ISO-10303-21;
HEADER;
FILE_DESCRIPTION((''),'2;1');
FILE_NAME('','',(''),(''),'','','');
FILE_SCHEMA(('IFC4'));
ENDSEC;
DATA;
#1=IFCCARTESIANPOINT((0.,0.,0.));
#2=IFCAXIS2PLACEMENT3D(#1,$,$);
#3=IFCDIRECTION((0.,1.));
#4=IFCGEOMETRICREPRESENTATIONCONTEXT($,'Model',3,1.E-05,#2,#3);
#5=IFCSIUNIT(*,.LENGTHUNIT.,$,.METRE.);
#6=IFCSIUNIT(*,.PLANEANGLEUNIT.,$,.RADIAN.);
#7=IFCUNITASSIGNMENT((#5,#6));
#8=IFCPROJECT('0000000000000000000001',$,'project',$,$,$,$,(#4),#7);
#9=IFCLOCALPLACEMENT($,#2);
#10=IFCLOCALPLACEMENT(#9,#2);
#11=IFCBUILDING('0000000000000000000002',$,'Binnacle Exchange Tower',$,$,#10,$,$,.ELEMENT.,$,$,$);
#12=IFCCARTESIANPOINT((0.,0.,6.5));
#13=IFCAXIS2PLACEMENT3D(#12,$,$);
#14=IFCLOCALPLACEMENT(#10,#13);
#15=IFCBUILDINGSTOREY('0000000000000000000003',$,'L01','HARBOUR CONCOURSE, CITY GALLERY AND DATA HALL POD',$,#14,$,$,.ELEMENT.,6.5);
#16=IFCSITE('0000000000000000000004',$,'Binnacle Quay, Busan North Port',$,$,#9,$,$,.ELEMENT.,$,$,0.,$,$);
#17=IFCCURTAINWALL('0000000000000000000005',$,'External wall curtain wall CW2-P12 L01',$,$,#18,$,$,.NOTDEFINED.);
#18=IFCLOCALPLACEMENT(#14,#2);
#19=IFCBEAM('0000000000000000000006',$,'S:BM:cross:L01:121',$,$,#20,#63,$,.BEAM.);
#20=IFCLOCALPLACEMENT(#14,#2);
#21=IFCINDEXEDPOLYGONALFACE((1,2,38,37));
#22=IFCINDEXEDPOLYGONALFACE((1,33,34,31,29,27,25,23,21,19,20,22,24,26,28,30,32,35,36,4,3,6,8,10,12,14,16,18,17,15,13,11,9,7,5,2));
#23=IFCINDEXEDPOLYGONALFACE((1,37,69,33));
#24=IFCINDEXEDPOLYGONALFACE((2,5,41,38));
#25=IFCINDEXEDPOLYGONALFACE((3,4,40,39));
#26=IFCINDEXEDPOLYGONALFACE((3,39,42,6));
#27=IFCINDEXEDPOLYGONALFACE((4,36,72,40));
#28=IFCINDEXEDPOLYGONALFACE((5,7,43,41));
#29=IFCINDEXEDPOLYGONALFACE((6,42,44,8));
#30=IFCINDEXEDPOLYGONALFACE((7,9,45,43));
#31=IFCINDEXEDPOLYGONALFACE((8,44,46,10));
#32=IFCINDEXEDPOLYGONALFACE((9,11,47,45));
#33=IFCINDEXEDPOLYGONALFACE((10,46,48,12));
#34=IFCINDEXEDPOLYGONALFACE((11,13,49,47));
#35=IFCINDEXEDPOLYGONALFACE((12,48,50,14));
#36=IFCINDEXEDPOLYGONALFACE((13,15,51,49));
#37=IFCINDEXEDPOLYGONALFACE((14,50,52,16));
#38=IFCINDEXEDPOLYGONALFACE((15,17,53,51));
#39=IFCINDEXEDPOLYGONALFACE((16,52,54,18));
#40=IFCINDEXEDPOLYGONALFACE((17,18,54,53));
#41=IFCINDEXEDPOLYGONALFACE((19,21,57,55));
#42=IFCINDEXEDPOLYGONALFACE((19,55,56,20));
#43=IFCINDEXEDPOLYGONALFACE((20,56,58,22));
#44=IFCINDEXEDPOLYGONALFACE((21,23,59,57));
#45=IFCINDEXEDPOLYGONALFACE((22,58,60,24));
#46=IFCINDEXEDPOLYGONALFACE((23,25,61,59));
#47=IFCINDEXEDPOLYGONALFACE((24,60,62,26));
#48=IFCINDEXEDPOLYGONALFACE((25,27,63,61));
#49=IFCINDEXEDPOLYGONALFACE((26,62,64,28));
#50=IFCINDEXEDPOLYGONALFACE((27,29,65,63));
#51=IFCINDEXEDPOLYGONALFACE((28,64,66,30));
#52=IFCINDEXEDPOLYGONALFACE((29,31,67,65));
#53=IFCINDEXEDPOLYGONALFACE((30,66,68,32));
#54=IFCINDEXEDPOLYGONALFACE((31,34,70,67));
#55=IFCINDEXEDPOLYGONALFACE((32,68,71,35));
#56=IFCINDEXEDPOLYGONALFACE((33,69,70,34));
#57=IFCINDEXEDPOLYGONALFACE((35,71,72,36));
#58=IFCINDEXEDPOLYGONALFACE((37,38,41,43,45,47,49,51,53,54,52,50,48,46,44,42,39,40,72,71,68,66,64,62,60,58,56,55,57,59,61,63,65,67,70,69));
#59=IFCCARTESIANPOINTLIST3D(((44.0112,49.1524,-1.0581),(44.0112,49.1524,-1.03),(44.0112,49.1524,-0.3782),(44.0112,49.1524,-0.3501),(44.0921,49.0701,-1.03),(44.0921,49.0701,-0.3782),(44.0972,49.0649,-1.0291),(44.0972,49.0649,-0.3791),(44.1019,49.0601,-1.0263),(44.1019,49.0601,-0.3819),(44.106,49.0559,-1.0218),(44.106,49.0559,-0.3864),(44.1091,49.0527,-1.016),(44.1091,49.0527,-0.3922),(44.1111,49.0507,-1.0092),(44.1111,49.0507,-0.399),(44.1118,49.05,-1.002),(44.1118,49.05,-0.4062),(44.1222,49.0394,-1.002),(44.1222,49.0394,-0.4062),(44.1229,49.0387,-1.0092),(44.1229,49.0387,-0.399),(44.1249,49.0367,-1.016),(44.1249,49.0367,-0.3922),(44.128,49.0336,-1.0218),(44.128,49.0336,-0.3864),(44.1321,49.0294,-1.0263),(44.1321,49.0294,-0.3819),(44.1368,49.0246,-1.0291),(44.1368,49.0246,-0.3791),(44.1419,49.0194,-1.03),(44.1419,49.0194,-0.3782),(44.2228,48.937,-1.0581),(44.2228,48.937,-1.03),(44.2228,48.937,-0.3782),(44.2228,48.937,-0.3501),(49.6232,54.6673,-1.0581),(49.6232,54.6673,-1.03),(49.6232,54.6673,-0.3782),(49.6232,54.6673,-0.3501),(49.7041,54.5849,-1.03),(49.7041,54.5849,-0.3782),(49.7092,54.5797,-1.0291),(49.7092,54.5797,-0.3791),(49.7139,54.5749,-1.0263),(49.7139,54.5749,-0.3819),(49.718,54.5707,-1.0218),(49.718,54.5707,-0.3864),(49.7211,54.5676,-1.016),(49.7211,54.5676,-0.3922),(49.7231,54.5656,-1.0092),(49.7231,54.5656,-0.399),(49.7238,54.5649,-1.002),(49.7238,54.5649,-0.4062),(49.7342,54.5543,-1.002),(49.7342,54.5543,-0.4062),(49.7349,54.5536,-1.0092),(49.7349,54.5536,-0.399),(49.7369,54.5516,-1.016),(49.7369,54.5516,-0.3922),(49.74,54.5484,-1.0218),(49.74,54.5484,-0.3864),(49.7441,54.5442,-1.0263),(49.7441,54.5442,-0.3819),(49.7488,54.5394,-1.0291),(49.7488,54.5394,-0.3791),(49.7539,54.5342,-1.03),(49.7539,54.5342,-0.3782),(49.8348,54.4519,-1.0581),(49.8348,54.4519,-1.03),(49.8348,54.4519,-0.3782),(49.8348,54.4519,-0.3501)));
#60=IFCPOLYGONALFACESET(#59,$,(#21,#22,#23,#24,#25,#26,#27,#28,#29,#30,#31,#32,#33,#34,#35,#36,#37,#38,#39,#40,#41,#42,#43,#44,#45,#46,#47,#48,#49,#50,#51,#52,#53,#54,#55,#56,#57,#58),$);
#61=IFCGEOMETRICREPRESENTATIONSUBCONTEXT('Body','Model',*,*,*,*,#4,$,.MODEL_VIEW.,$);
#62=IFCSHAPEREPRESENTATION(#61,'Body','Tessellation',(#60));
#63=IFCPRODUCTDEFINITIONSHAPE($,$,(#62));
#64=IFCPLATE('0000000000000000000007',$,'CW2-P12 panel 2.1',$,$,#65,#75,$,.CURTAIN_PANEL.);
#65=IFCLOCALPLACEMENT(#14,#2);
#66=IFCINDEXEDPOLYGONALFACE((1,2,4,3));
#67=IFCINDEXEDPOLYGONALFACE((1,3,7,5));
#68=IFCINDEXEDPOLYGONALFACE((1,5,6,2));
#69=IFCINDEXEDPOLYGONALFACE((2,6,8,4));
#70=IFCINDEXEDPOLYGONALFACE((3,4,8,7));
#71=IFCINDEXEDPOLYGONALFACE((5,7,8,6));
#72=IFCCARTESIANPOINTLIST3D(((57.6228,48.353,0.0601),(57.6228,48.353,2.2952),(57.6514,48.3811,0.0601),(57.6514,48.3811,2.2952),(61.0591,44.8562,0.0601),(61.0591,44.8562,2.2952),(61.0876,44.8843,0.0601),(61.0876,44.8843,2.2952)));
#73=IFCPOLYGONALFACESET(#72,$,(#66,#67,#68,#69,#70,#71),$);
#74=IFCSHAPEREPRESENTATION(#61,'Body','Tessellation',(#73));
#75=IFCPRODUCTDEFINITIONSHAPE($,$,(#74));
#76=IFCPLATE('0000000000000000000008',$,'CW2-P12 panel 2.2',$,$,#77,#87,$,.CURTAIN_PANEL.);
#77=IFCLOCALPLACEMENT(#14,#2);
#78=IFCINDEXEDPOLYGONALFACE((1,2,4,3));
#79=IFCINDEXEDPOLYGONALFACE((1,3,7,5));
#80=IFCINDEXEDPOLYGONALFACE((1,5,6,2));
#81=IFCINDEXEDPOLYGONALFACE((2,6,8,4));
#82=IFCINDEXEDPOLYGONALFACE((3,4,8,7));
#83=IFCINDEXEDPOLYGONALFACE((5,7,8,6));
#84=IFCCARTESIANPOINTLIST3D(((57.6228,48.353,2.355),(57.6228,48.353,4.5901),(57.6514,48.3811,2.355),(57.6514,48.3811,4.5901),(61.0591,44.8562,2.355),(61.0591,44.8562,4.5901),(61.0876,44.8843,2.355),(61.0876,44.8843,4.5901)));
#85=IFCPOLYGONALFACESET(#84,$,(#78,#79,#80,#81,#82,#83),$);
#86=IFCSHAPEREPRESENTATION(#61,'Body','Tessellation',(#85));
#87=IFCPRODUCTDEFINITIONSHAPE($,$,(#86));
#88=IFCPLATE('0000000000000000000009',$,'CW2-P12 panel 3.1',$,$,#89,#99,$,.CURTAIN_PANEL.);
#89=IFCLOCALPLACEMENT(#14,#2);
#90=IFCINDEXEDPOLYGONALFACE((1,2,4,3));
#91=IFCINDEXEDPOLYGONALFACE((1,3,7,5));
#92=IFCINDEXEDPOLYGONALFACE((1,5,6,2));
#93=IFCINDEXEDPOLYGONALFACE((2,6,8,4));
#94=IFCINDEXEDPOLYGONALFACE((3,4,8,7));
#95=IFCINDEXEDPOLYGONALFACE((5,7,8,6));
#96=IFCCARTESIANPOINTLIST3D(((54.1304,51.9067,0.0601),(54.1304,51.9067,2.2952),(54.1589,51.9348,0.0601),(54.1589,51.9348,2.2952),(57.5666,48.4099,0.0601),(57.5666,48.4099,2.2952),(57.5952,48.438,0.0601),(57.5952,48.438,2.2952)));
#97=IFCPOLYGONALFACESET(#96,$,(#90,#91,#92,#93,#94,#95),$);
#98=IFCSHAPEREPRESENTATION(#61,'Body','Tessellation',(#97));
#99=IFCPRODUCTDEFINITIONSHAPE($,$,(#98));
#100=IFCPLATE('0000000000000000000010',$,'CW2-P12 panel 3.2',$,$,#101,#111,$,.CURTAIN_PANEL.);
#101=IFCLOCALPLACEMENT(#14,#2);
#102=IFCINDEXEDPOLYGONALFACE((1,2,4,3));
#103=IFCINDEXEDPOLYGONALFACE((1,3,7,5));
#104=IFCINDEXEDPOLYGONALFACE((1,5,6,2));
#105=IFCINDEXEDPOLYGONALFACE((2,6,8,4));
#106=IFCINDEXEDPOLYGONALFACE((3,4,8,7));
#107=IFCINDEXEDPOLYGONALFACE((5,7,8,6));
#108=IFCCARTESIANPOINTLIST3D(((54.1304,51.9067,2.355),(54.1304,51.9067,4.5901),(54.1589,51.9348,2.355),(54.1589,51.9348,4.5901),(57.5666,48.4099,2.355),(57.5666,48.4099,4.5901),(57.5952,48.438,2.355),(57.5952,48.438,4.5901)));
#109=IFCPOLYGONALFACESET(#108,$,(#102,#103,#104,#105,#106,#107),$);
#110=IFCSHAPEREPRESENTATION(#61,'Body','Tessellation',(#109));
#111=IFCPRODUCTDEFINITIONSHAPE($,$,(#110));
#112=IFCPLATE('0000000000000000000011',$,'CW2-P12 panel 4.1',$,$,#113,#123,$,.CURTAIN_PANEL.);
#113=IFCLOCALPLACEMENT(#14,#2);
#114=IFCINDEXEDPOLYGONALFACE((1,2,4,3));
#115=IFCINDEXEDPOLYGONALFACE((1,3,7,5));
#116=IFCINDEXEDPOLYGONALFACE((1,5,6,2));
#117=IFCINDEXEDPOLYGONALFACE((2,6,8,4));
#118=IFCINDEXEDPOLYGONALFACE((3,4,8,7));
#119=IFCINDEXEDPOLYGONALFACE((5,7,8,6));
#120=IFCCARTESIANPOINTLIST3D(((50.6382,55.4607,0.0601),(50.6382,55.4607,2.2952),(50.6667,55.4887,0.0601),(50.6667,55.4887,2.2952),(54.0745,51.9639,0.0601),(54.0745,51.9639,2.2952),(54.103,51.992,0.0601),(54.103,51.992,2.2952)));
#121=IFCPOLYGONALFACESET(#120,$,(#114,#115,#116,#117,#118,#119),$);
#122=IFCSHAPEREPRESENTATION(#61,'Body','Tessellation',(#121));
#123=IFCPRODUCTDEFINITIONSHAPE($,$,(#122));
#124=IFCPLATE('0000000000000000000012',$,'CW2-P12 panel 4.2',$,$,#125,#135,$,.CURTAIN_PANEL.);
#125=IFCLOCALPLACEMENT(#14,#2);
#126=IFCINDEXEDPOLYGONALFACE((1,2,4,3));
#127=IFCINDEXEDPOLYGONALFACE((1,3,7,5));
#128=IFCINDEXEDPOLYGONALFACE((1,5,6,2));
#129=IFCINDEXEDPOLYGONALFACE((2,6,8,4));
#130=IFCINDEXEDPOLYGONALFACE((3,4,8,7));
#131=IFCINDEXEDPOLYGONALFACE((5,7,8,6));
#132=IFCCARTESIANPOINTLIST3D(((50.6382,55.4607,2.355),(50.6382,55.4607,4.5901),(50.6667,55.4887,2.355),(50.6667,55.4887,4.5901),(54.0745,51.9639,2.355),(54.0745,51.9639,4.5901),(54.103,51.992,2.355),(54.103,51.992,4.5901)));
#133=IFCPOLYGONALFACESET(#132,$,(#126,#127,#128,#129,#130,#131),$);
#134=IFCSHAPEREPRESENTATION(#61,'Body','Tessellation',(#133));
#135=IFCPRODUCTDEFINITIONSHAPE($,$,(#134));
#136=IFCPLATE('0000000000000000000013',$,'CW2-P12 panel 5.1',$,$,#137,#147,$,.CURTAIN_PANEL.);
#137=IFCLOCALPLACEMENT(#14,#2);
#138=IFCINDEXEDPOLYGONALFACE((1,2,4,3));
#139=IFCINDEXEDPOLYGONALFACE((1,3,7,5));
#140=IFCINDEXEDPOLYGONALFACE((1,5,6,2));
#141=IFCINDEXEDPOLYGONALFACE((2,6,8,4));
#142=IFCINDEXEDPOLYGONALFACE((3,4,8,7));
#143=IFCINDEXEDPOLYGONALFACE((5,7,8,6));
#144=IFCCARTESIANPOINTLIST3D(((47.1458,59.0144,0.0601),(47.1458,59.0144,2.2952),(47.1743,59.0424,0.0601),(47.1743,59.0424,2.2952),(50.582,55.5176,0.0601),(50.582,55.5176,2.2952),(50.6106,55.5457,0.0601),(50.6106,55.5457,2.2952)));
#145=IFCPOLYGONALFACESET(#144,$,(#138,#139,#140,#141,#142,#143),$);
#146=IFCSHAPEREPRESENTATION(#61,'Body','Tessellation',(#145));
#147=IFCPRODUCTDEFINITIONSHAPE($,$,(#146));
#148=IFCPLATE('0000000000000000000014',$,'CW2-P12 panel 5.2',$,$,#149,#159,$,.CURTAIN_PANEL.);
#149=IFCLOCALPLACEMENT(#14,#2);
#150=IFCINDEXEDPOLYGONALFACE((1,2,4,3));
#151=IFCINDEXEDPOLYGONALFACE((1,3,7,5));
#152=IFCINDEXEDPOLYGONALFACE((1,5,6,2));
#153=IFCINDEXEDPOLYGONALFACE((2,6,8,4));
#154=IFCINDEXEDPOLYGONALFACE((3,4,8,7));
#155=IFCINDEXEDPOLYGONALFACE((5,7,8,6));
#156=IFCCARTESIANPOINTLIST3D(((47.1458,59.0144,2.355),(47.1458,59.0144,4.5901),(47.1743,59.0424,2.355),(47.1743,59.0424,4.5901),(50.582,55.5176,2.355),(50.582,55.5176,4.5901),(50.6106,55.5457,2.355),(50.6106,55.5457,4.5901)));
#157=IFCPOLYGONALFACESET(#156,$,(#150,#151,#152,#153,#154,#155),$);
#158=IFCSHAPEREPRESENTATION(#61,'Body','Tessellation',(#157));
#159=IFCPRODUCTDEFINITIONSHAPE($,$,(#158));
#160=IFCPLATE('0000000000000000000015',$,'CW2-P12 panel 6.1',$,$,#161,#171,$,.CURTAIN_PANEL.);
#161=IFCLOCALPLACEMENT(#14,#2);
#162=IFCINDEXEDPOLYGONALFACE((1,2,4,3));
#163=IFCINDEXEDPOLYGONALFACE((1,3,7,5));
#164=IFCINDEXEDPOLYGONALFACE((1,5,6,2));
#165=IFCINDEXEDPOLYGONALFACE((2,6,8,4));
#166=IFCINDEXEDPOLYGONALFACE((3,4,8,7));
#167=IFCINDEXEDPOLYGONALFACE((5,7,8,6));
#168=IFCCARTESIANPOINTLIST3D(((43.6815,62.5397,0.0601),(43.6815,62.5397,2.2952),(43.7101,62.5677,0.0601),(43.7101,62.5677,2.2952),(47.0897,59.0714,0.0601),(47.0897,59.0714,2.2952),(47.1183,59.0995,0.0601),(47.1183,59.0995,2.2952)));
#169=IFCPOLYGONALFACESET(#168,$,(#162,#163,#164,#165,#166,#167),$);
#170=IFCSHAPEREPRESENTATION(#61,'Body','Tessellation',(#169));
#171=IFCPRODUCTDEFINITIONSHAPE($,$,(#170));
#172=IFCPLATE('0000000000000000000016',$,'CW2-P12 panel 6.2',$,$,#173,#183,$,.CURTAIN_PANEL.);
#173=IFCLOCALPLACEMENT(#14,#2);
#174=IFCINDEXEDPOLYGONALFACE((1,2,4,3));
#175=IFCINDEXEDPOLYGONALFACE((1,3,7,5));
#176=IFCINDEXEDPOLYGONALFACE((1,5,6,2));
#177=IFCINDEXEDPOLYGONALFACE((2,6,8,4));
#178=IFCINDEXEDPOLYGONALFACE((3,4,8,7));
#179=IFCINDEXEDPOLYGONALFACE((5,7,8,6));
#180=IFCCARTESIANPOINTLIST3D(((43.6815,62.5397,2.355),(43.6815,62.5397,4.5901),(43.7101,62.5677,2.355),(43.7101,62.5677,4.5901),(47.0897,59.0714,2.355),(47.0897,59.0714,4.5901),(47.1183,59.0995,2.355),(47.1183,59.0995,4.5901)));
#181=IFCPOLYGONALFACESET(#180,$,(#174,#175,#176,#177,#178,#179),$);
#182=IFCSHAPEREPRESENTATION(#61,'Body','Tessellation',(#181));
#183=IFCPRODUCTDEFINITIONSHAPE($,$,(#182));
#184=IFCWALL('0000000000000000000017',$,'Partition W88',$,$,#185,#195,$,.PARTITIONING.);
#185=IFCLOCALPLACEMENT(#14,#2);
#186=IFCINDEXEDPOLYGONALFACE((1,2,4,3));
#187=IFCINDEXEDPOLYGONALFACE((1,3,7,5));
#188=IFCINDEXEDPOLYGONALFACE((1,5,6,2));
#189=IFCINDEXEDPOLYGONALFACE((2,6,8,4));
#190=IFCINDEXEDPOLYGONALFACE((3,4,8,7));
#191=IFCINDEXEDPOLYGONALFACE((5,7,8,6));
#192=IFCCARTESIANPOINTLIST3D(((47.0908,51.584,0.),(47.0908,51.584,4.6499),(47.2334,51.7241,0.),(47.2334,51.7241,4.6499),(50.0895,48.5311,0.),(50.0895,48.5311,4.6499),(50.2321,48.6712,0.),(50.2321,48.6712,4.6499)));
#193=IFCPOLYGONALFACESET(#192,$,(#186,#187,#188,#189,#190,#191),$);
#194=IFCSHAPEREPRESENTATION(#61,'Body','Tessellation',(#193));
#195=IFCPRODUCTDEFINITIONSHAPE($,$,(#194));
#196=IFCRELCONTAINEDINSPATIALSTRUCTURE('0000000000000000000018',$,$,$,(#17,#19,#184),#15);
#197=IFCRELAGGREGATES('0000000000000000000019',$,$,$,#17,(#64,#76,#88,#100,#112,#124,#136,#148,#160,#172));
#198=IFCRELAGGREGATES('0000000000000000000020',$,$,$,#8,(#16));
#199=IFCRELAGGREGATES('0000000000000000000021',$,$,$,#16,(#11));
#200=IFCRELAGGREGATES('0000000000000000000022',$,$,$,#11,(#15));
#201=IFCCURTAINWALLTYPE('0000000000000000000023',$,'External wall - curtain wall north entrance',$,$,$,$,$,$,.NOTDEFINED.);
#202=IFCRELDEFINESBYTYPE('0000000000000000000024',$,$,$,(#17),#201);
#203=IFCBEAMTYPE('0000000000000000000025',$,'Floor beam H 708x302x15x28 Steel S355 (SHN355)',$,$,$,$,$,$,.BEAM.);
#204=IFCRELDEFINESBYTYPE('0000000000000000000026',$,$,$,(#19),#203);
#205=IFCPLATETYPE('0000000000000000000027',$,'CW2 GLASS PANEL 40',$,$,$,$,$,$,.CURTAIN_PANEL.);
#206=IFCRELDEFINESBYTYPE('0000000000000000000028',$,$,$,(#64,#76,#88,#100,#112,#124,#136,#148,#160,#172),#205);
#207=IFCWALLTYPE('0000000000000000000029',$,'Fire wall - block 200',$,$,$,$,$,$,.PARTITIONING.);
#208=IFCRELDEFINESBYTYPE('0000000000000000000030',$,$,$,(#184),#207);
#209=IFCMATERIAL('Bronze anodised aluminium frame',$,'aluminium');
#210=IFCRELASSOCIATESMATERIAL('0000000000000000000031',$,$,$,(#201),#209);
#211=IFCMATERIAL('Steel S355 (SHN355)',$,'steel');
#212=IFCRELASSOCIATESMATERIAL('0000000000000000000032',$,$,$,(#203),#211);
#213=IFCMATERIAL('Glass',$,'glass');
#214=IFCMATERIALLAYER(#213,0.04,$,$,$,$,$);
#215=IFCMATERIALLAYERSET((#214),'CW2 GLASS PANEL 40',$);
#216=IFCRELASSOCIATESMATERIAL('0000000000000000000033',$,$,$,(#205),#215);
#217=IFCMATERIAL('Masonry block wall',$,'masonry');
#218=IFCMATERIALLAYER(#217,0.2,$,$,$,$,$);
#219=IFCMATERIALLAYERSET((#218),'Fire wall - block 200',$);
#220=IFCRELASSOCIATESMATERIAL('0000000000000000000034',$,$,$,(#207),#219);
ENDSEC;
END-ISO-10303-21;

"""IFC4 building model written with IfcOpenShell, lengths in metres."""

from ifc_helpers import new_model, si_unit, direction, frame, frame_2d, origin, origin_2d, place, context, subcontext, project, spatial, rectangle, i_section, extrude, material, layer, layer_set, material_profile, profile_set, type_object, element, aggregate, save


model = new_model("IFC4")

# Units and contexts
model_context = context("Model", 3, precision=1e-05, world=origin(), true_north=direction((0.0, 1.0)))
body_context = subcontext(model_context, "Body", "Model", "MODEL_VIEW")
ifc_project = project(units=[si_unit("LENGTHUNIT", "METRE"), si_unit("PLANEANGLEUNIT", "RADIAN")], contexts=[model_context])

# Site, building, storey
site_placement = place(None, origin())
site = spatial("IfcSite", under=ifc_project, at=site_placement, Name="Binnacle Quay, Busan North Port", CompositionType="ELEMENT", RefElevation=0.0)
building_placement = place(site_placement, origin())
building = spatial("IfcBuilding", under=site, at=building_placement, Name="Binnacle Exchange Tower", CompositionType="ELEMENT")
storey_placement = place(building_placement, frame((0.0, 0.0, 6.5)))
storey = spatial("IfcBuildingStorey", under=building, at=storey_placement, Name="L01", Description="HARBOUR CONCOURSE, CITY GALLERY AND DATA HALL POD", CompositionType="ELEMENT", Elevation=6.5)

# Curtain wall
ifc_material_1 = material(Name="Bronze anodised aluminium frame", Category="aluminium")
curtain_wall_type = type_object("IfcCurtainWallType", Name="External wall - curtain wall north entrance", PredefinedType="NOTDEFINED", material=ifc_material_1)
curtain_wall_placement = place(storey_placement, origin())
curtain_wall = element("IfcCurtainWall", 1, at=curtain_wall_placement, inside=storey, type_object=curtain_wall_type, Name="External wall curtain wall CW2-P12 L01", PredefinedType="NOTDEFINED")

# Beam
ifc_material_2 = material(Name="Steel S355 (SHN355)", Category="steel")
ifc_material_profile_1 = material_profile(ifc_material_2, i_section(OverallWidth=0.302, OverallDepth=0.708, WebThickness=0.0149, FlangeThickness=0.0281, FilletRadius=0.0281, at=origin_2d()), Name="H 708x302x15x28")
ifc_profile_set_1 = profile_set([ifc_material_profile_1], Name="Steel S355 (SHN355)")
beam_type_1 = type_object("IfcBeamType", Name="Floor beam H 708x302x15x28 Steel S355 (SHN355)", PredefinedType="BEAM", material=ifc_profile_set_1)
beam_1_placement = place(storey_placement, frame((49.729, 54.5596, -0.7041), z_axis=(-0.713255, -0.700905, 0.0), x_axis=(0.700905, -0.713255, 0.0)))
element("IfcBeam", 2, at=beam_1_placement, inside=storey, type_object=beam_type_1, Name="S:BM:cross:L01:121", PredefinedType="BEAM", context=body_context, shape_type="SweptSolid", body=[
    extrude(i_section(OverallWidth=0.302, OverallDepth=0.708, WebThickness=0.0149, FlangeThickness=0.0281, FilletRadius=0.0281, at=origin_2d()), origin(), (0.0, 0.0, 1.0), 7.8682),
])

# Plates
ifc_material_3 = material(Name="Glass", Category="glass")
ifc_layer_1 = layer(ifc_material_3, 0.04)
ifc_layer_set_1 = layer_set([ifc_layer_1], Name="CW2 GLASS PANEL 40")
plate_type = type_object("IfcPlateType", Name="CW2 GLASS PANEL 40", PredefinedType="CURTAIN_PANEL", material=ifc_layer_set_1)
plate_1_placement = place(storey_placement, frame((59.3552, 46.6187, 0.0601), z_axis=(0.0, 0.0, 1.0), x_axis=(-0.700909, 0.71325, 0.0)))
plate_1 = element("IfcPlate", 3, at=plate_1_placement, type_object=plate_type, Name="CW2-P12 panel 2.1", PredefinedType="CURTAIN_PANEL", context=body_context, shape_type="SweptSolid", body=[
    extrude(rectangle(XDim=4.9026, YDim=0.04, at=origin_2d()), origin(), (0.0, 0.0, 1.0), 2.2351),
])
plate_2_placement = place(storey_placement, frame((59.3552, 46.6187, 2.355), z_axis=(0.0, 0.0, 1.0), x_axis=(-0.700909, 0.71325, 0.0)))
plate_2 = element("IfcPlate", 4, at=plate_2_placement, type_object=plate_type, Name="CW2-P12 panel 2.2", PredefinedType="CURTAIN_PANEL", context=body_context, shape_type="SweptSolid", body=[
    extrude(rectangle(XDim=4.9026, YDim=0.04, at=origin_2d()), origin(), (0.0, 0.0, 1.0), 2.2351),
])
plate_3_placement = place(storey_placement, frame((55.8628, 50.1724, 0.0601), z_axis=(0.0, 0.0, 1.0), x_axis=(-0.700909, 0.71325, 0.0)))
plate_3 = element("IfcPlate", 5, at=plate_3_placement, type_object=plate_type, Name="CW2-P12 panel 3.1", PredefinedType="CURTAIN_PANEL", context=body_context, shape_type="SweptSolid", body=[
    extrude(rectangle(XDim=4.9026, YDim=0.04, at=origin_2d()), origin(), (0.0, 0.0, 1.0), 2.2351),
])
plate_4_placement = place(storey_placement, frame((55.8628, 50.1724, 2.355), z_axis=(0.0, 0.0, 1.0), x_axis=(-0.700909, 0.71325, 0.0)))
plate_4 = element("IfcPlate", 6, at=plate_4_placement, type_object=plate_type, Name="CW2-P12 panel 3.2", PredefinedType="CURTAIN_PANEL", context=body_context, shape_type="SweptSolid", body=[
    extrude(rectangle(XDim=4.9026, YDim=0.04, at=origin_2d()), origin(), (0.0, 0.0, 1.0), 2.2351),
])
plate_5_placement = place(storey_placement, frame((52.3706, 53.7263, 0.0601), z_axis=(0.0, 0.0, 1.0), x_axis=(-0.700909, 0.71325, 0.0)))
plate_5 = element("IfcPlate", 7, at=plate_5_placement, type_object=plate_type, Name="CW2-P12 panel 4.1", PredefinedType="CURTAIN_PANEL", context=body_context, shape_type="SweptSolid", body=[
    extrude(rectangle(XDim=4.9026, YDim=0.04, at=origin_2d()), origin(), (0.0, 0.0, 1.0), 2.2351),
])
plate_6_placement = place(storey_placement, frame((52.3706, 53.7263, 2.355), z_axis=(0.0, 0.0, 1.0), x_axis=(-0.700909, 0.71325, 0.0)))
plate_6 = element("IfcPlate", 8, at=plate_6_placement, type_object=plate_type, Name="CW2-P12 panel 4.2", PredefinedType="CURTAIN_PANEL", context=body_context, shape_type="SweptSolid", body=[
    extrude(rectangle(XDim=4.9026, YDim=0.04, at=origin_2d()), origin(), (0.0, 0.0, 1.0), 2.2351),
])
plate_7_placement = place(storey_placement, frame((48.8782, 57.28, 0.0601), z_axis=(0.0, 0.0, 1.0), x_axis=(-0.700909, 0.71325, 0.0)))
plate_7 = element("IfcPlate", 9, at=plate_7_placement, type_object=plate_type, Name="CW2-P12 panel 5.1", PredefinedType="CURTAIN_PANEL", context=body_context, shape_type="SweptSolid", body=[
    extrude(rectangle(XDim=4.9026, YDim=0.04, at=origin_2d()), origin(), (0.0, 0.0, 1.0), 2.2351),
])
plate_8_placement = place(storey_placement, frame((48.8782, 57.28, 2.355), z_axis=(0.0, 0.0, 1.0), x_axis=(-0.700909, 0.71325, 0.0)))
plate_8 = element("IfcPlate", 10, at=plate_8_placement, type_object=plate_type, Name="CW2-P12 panel 5.2", PredefinedType="CURTAIN_PANEL", context=body_context, shape_type="SweptSolid", body=[
    extrude(rectangle(XDim=4.9026, YDim=0.04, at=origin_2d()), origin(), (0.0, 0.0, 1.0), 2.2351),
])
plate_9_placement = place(storey_placement, frame((45.3999, 60.8196, 0.0601), z_axis=(0.0, 0.0, 1.0), x_axis=(-0.700909, 0.71325, 0.0)))
plate_9 = element("IfcPlate", 11, at=plate_9_placement, type_object=plate_type, Name="CW2-P12 panel 6.1", PredefinedType="CURTAIN_PANEL", context=body_context, shape_type="SweptSolid", body=[
    extrude(rectangle(XDim=4.8625, YDim=0.04, at=origin_2d()), origin(), (0.0, 0.0, 1.0), 2.2351),
])
plate_10_placement = place(storey_placement, frame((45.3999, 60.8196, 2.355), z_axis=(0.0, 0.0, 1.0), x_axis=(-0.700909, 0.71325, 0.0)))
plate_10 = element("IfcPlate", 12, at=plate_10_placement, type_object=plate_type, Name="CW2-P12 panel 6.2", PredefinedType="CURTAIN_PANEL", context=body_context, shape_type="SweptSolid", body=[
    extrude(rectangle(XDim=4.8625, YDim=0.04, at=origin_2d()), origin(), (0.0, 0.0, 1.0), 2.2351),
])
aggregate(curtain_wall, [plate_1, plate_2, plate_3, plate_4, plate_5, plate_6, plate_7, plate_8, plate_9, plate_10])

# Wall
ifc_material_4 = material(Name="Masonry block wall", Category="masonry")
ifc_layer_2 = layer(ifc_material_4, 0.2)
ifc_layer_set_2 = layer_set([ifc_layer_2], Name="Fire wall - block 200")
wall_type_1 = type_object("IfcWallType", Name="Fire wall - block 200", PredefinedType="PARTITIONING", material=ifc_layer_set_2)
wall_1_placement = place(storey_placement, frame((47.1621, 51.6541, 0.0), z_axis=(0.0, 0.0, 1.0), x_axis=(0.700746, -0.713411, 0.0)))
element("IfcWall", 13, at=wall_1_placement, inside=storey, type_object=wall_type_1, Name="Partition W88", PredefinedType="PARTITIONING", context=body_context, shape_type="SweptSolid", body=[
    extrude(rectangle(XDim=4.2793, YDim=0.2, at=frame_2d((2.1396, 0.0))), origin(), (0.0, 0.0, 1.0), 4.6499),
])

save(model, "model.ifc")
